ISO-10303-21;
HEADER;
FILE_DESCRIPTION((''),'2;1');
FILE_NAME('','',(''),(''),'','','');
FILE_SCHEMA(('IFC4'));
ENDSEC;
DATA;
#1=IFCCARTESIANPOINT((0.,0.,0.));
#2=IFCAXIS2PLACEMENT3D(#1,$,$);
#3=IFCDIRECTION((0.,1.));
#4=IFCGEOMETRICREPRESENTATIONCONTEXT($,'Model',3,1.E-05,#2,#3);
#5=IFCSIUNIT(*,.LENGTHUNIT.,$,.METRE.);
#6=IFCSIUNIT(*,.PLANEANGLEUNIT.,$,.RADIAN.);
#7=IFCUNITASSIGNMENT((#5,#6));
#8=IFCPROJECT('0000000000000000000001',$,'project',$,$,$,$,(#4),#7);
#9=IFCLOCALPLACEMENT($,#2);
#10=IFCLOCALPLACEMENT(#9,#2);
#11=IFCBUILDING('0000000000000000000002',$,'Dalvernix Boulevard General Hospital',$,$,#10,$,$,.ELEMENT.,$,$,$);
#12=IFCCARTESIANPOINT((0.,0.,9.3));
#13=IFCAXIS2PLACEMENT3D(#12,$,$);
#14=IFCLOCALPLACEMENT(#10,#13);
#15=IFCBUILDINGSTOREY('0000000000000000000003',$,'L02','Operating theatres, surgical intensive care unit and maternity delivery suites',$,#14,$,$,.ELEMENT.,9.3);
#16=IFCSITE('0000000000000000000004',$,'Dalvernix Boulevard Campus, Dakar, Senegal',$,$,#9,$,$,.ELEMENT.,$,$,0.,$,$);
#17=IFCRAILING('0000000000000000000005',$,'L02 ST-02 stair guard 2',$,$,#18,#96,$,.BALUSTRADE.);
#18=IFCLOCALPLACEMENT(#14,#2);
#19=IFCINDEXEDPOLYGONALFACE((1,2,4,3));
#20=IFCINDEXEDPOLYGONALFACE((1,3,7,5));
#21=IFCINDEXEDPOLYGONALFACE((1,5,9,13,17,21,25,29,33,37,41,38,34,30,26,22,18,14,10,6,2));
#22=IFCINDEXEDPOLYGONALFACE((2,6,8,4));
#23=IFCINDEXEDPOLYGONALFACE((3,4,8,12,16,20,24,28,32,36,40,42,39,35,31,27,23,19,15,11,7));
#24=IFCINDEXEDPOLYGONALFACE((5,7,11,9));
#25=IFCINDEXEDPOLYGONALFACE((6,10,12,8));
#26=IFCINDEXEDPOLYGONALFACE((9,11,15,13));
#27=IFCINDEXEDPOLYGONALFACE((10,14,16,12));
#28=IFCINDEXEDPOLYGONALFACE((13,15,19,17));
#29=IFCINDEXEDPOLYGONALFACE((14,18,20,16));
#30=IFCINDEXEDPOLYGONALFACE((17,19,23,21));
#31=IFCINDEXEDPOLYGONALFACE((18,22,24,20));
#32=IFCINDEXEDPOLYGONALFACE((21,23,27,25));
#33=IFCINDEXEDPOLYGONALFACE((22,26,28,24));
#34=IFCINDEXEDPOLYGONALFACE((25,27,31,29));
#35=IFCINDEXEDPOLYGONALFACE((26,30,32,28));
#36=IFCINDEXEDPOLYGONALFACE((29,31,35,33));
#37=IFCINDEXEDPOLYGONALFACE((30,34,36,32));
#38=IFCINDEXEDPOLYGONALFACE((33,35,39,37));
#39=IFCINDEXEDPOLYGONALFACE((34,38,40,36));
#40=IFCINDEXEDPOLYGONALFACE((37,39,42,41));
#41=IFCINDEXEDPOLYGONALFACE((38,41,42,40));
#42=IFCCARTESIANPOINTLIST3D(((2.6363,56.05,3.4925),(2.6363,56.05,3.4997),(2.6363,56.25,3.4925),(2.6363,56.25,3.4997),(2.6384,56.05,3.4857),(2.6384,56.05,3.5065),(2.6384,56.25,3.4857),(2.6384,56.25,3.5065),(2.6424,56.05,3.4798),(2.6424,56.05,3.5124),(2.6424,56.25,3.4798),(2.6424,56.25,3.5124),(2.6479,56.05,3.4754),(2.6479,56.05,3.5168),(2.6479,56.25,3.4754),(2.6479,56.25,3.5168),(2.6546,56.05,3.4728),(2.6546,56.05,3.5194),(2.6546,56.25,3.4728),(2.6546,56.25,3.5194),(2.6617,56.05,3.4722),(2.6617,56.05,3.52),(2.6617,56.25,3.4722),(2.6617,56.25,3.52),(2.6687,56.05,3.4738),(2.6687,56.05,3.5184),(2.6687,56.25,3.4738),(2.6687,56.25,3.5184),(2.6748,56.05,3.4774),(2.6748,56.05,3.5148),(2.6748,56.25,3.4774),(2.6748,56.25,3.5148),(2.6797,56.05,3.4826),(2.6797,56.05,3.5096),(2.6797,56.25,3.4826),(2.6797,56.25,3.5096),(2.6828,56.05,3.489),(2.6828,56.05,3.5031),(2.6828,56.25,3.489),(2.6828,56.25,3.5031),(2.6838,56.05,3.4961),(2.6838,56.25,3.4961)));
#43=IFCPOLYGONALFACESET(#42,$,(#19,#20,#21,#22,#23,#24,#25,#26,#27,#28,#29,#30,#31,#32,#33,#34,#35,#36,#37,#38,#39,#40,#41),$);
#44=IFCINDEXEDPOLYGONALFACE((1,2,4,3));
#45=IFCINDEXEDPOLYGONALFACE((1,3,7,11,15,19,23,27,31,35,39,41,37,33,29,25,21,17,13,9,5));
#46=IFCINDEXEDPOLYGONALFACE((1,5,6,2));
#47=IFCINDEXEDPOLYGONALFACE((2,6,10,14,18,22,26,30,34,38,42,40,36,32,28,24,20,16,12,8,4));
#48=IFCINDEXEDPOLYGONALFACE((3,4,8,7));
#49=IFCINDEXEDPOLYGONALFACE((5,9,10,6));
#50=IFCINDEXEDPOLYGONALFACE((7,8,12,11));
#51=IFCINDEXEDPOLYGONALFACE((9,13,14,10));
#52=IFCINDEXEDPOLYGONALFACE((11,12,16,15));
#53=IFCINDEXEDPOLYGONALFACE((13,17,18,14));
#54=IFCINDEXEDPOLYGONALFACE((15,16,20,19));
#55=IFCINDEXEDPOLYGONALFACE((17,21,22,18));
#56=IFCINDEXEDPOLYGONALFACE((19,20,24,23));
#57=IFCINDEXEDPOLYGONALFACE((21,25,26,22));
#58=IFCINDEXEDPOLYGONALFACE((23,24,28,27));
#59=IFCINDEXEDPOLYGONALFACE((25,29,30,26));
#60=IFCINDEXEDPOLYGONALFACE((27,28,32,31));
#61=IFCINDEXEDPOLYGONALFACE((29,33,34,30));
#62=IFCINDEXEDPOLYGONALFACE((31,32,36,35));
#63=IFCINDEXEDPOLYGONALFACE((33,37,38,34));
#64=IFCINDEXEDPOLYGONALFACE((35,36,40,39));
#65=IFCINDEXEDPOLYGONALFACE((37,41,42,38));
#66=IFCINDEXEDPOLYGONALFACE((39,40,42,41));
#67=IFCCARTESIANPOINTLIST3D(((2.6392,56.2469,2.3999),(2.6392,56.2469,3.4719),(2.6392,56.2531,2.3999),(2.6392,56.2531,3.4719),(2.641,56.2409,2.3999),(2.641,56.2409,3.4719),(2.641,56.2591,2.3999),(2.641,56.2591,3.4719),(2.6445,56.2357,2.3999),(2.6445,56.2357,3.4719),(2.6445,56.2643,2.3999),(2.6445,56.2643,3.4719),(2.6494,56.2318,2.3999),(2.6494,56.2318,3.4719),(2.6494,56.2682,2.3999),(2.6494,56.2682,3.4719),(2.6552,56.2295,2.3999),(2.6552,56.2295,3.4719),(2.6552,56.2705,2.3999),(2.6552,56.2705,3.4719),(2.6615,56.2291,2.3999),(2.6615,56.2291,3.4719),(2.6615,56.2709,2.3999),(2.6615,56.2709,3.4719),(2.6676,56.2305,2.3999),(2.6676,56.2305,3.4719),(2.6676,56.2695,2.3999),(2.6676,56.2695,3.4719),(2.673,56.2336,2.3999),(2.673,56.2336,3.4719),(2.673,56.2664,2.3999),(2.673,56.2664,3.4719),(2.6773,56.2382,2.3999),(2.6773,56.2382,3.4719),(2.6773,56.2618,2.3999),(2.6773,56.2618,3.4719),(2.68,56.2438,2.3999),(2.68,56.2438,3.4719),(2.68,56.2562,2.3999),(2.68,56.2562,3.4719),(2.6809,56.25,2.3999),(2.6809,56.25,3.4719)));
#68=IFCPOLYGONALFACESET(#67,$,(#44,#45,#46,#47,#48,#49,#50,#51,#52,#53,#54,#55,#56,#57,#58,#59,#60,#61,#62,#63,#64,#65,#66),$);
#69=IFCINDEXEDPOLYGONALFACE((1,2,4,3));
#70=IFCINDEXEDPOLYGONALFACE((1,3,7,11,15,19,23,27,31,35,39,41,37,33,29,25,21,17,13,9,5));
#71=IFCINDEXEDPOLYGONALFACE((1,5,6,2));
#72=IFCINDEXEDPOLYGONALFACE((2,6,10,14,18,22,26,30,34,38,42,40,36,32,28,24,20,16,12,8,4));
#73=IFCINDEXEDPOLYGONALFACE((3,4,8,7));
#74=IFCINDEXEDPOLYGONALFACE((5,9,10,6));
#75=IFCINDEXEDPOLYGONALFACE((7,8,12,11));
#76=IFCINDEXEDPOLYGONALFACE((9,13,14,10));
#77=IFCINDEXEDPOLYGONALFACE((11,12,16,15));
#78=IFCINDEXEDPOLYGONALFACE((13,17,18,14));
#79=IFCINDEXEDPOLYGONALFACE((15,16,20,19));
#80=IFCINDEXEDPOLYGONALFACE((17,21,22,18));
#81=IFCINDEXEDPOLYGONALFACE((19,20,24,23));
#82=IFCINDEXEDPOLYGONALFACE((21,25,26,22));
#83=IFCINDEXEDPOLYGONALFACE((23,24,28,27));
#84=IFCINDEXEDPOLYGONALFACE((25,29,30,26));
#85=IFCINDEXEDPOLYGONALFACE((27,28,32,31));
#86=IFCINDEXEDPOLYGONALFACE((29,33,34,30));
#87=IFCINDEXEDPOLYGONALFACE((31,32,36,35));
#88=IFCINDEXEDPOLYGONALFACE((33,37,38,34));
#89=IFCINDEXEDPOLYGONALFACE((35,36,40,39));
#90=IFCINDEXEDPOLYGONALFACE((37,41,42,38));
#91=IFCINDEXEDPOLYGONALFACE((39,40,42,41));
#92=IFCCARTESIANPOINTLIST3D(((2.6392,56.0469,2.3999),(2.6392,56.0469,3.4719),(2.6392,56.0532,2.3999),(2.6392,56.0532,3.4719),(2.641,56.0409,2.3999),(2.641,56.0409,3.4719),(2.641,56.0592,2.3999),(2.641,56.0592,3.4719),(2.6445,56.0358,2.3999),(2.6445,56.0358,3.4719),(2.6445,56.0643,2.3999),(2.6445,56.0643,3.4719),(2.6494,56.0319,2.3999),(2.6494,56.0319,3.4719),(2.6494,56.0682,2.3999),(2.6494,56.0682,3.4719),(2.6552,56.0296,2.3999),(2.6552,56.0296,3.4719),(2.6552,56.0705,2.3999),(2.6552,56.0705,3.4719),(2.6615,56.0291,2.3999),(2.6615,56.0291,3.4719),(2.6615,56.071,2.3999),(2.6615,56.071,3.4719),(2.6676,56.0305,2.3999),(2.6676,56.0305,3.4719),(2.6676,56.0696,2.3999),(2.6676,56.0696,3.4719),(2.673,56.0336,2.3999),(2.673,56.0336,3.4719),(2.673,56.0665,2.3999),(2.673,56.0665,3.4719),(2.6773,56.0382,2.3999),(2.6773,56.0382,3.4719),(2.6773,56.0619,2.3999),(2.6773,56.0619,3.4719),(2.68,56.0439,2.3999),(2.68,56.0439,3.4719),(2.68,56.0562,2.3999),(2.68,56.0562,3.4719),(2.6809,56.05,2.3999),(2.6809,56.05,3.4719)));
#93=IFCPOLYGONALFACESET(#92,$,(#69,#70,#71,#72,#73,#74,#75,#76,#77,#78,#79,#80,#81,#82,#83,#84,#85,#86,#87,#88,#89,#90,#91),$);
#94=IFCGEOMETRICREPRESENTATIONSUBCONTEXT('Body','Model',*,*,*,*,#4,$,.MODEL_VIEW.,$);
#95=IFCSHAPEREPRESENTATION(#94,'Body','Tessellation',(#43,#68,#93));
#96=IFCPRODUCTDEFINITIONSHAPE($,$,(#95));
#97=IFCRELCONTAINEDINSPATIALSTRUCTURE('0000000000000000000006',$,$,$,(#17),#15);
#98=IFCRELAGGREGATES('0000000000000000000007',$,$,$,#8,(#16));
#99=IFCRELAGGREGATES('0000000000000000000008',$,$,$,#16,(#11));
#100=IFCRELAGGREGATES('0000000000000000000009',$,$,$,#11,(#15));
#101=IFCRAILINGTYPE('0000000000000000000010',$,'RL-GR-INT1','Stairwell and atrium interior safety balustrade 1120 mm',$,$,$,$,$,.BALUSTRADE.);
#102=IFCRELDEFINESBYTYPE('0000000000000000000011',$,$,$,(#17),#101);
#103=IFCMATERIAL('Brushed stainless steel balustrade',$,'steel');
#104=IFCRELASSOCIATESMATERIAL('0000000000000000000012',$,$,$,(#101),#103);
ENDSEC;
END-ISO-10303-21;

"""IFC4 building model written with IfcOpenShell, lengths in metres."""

from ifc_helpers import new_model, si_unit, direction, frame, origin, origin_2d, place, context, subcontext, project, spatial, circle, extrude, material, type_object, element, save


model = new_model("IFC4")

# Units and contexts
model_context = context("Model", 3, precision=1e-05, world=origin(), true_north=direction((0.0, 1.0)))
body_context = subcontext(model_context, "Body", "Model", "MODEL_VIEW")
ifc_project = project(units=[si_unit("LENGTHUNIT", "METRE"), si_unit("PLANEANGLEUNIT", "RADIAN")], contexts=[model_context])

# Site, building, storey
site_placement = place(None, origin())
site = spatial("IfcSite", under=ifc_project, at=site_placement, Name="Dalvernix Boulevard Campus, Dakar, Senegal", CompositionType="ELEMENT", RefElevation=0.0)
building_placement = place(site_placement, origin())
building = spatial("IfcBuilding", under=site, at=building_placement, Name="Dalvernix Boulevard General Hospital", CompositionType="ELEMENT")
storey_placement = place(building_placement, frame((0.0, 0.0, 9.3)))
storey = spatial("IfcBuildingStorey", under=building, at=storey_placement, Name="L02", Description="Operating theatres, surgical intensive care unit and maternity delivery suites", CompositionType="ELEMENT", Elevation=9.3)

# Railing
ifc_material_1 = material(Name="Brushed stainless steel balustrade", Category="steel")
railing_type_1 = type_object("IfcRailingType", Name="RL-GR-INT1", Description="Stairwell and atrium interior safety balustrade 1120 mm", PredefinedType="BALUSTRADE", material=ifc_material_1)
railing_1_placement = place(storey_placement, frame((2.6599, 56.25, 2.3999)))
element("IfcRailing", 1, at=railing_1_placement, inside=storey, type_object=railing_type_1, Name="L02 ST-02 stair guard 2", PredefinedType="BALUSTRADE", context=body_context, shape_type="SweptSolid", body=[
    extrude(circle(Radius=0.0239, at=origin_2d()), frame((0.0, 0.0, 1.0962), z_axis=(0.0, -1.0, 0.0), x_axis=(1.0, 0.0, 0.0)), (0.0, 0.0, 1.0), 0.2),
    extrude(circle(Radius=0.021, at=origin_2d()), origin(), (0.0, 0.0, 1.0), 1.072),
    extrude(circle(Radius=0.021, at=origin_2d()), frame((0.0, -0.2, 0.0)), (0.0, 0.0, 1.0), 1.072),
])

save(model, "model.ifc")
